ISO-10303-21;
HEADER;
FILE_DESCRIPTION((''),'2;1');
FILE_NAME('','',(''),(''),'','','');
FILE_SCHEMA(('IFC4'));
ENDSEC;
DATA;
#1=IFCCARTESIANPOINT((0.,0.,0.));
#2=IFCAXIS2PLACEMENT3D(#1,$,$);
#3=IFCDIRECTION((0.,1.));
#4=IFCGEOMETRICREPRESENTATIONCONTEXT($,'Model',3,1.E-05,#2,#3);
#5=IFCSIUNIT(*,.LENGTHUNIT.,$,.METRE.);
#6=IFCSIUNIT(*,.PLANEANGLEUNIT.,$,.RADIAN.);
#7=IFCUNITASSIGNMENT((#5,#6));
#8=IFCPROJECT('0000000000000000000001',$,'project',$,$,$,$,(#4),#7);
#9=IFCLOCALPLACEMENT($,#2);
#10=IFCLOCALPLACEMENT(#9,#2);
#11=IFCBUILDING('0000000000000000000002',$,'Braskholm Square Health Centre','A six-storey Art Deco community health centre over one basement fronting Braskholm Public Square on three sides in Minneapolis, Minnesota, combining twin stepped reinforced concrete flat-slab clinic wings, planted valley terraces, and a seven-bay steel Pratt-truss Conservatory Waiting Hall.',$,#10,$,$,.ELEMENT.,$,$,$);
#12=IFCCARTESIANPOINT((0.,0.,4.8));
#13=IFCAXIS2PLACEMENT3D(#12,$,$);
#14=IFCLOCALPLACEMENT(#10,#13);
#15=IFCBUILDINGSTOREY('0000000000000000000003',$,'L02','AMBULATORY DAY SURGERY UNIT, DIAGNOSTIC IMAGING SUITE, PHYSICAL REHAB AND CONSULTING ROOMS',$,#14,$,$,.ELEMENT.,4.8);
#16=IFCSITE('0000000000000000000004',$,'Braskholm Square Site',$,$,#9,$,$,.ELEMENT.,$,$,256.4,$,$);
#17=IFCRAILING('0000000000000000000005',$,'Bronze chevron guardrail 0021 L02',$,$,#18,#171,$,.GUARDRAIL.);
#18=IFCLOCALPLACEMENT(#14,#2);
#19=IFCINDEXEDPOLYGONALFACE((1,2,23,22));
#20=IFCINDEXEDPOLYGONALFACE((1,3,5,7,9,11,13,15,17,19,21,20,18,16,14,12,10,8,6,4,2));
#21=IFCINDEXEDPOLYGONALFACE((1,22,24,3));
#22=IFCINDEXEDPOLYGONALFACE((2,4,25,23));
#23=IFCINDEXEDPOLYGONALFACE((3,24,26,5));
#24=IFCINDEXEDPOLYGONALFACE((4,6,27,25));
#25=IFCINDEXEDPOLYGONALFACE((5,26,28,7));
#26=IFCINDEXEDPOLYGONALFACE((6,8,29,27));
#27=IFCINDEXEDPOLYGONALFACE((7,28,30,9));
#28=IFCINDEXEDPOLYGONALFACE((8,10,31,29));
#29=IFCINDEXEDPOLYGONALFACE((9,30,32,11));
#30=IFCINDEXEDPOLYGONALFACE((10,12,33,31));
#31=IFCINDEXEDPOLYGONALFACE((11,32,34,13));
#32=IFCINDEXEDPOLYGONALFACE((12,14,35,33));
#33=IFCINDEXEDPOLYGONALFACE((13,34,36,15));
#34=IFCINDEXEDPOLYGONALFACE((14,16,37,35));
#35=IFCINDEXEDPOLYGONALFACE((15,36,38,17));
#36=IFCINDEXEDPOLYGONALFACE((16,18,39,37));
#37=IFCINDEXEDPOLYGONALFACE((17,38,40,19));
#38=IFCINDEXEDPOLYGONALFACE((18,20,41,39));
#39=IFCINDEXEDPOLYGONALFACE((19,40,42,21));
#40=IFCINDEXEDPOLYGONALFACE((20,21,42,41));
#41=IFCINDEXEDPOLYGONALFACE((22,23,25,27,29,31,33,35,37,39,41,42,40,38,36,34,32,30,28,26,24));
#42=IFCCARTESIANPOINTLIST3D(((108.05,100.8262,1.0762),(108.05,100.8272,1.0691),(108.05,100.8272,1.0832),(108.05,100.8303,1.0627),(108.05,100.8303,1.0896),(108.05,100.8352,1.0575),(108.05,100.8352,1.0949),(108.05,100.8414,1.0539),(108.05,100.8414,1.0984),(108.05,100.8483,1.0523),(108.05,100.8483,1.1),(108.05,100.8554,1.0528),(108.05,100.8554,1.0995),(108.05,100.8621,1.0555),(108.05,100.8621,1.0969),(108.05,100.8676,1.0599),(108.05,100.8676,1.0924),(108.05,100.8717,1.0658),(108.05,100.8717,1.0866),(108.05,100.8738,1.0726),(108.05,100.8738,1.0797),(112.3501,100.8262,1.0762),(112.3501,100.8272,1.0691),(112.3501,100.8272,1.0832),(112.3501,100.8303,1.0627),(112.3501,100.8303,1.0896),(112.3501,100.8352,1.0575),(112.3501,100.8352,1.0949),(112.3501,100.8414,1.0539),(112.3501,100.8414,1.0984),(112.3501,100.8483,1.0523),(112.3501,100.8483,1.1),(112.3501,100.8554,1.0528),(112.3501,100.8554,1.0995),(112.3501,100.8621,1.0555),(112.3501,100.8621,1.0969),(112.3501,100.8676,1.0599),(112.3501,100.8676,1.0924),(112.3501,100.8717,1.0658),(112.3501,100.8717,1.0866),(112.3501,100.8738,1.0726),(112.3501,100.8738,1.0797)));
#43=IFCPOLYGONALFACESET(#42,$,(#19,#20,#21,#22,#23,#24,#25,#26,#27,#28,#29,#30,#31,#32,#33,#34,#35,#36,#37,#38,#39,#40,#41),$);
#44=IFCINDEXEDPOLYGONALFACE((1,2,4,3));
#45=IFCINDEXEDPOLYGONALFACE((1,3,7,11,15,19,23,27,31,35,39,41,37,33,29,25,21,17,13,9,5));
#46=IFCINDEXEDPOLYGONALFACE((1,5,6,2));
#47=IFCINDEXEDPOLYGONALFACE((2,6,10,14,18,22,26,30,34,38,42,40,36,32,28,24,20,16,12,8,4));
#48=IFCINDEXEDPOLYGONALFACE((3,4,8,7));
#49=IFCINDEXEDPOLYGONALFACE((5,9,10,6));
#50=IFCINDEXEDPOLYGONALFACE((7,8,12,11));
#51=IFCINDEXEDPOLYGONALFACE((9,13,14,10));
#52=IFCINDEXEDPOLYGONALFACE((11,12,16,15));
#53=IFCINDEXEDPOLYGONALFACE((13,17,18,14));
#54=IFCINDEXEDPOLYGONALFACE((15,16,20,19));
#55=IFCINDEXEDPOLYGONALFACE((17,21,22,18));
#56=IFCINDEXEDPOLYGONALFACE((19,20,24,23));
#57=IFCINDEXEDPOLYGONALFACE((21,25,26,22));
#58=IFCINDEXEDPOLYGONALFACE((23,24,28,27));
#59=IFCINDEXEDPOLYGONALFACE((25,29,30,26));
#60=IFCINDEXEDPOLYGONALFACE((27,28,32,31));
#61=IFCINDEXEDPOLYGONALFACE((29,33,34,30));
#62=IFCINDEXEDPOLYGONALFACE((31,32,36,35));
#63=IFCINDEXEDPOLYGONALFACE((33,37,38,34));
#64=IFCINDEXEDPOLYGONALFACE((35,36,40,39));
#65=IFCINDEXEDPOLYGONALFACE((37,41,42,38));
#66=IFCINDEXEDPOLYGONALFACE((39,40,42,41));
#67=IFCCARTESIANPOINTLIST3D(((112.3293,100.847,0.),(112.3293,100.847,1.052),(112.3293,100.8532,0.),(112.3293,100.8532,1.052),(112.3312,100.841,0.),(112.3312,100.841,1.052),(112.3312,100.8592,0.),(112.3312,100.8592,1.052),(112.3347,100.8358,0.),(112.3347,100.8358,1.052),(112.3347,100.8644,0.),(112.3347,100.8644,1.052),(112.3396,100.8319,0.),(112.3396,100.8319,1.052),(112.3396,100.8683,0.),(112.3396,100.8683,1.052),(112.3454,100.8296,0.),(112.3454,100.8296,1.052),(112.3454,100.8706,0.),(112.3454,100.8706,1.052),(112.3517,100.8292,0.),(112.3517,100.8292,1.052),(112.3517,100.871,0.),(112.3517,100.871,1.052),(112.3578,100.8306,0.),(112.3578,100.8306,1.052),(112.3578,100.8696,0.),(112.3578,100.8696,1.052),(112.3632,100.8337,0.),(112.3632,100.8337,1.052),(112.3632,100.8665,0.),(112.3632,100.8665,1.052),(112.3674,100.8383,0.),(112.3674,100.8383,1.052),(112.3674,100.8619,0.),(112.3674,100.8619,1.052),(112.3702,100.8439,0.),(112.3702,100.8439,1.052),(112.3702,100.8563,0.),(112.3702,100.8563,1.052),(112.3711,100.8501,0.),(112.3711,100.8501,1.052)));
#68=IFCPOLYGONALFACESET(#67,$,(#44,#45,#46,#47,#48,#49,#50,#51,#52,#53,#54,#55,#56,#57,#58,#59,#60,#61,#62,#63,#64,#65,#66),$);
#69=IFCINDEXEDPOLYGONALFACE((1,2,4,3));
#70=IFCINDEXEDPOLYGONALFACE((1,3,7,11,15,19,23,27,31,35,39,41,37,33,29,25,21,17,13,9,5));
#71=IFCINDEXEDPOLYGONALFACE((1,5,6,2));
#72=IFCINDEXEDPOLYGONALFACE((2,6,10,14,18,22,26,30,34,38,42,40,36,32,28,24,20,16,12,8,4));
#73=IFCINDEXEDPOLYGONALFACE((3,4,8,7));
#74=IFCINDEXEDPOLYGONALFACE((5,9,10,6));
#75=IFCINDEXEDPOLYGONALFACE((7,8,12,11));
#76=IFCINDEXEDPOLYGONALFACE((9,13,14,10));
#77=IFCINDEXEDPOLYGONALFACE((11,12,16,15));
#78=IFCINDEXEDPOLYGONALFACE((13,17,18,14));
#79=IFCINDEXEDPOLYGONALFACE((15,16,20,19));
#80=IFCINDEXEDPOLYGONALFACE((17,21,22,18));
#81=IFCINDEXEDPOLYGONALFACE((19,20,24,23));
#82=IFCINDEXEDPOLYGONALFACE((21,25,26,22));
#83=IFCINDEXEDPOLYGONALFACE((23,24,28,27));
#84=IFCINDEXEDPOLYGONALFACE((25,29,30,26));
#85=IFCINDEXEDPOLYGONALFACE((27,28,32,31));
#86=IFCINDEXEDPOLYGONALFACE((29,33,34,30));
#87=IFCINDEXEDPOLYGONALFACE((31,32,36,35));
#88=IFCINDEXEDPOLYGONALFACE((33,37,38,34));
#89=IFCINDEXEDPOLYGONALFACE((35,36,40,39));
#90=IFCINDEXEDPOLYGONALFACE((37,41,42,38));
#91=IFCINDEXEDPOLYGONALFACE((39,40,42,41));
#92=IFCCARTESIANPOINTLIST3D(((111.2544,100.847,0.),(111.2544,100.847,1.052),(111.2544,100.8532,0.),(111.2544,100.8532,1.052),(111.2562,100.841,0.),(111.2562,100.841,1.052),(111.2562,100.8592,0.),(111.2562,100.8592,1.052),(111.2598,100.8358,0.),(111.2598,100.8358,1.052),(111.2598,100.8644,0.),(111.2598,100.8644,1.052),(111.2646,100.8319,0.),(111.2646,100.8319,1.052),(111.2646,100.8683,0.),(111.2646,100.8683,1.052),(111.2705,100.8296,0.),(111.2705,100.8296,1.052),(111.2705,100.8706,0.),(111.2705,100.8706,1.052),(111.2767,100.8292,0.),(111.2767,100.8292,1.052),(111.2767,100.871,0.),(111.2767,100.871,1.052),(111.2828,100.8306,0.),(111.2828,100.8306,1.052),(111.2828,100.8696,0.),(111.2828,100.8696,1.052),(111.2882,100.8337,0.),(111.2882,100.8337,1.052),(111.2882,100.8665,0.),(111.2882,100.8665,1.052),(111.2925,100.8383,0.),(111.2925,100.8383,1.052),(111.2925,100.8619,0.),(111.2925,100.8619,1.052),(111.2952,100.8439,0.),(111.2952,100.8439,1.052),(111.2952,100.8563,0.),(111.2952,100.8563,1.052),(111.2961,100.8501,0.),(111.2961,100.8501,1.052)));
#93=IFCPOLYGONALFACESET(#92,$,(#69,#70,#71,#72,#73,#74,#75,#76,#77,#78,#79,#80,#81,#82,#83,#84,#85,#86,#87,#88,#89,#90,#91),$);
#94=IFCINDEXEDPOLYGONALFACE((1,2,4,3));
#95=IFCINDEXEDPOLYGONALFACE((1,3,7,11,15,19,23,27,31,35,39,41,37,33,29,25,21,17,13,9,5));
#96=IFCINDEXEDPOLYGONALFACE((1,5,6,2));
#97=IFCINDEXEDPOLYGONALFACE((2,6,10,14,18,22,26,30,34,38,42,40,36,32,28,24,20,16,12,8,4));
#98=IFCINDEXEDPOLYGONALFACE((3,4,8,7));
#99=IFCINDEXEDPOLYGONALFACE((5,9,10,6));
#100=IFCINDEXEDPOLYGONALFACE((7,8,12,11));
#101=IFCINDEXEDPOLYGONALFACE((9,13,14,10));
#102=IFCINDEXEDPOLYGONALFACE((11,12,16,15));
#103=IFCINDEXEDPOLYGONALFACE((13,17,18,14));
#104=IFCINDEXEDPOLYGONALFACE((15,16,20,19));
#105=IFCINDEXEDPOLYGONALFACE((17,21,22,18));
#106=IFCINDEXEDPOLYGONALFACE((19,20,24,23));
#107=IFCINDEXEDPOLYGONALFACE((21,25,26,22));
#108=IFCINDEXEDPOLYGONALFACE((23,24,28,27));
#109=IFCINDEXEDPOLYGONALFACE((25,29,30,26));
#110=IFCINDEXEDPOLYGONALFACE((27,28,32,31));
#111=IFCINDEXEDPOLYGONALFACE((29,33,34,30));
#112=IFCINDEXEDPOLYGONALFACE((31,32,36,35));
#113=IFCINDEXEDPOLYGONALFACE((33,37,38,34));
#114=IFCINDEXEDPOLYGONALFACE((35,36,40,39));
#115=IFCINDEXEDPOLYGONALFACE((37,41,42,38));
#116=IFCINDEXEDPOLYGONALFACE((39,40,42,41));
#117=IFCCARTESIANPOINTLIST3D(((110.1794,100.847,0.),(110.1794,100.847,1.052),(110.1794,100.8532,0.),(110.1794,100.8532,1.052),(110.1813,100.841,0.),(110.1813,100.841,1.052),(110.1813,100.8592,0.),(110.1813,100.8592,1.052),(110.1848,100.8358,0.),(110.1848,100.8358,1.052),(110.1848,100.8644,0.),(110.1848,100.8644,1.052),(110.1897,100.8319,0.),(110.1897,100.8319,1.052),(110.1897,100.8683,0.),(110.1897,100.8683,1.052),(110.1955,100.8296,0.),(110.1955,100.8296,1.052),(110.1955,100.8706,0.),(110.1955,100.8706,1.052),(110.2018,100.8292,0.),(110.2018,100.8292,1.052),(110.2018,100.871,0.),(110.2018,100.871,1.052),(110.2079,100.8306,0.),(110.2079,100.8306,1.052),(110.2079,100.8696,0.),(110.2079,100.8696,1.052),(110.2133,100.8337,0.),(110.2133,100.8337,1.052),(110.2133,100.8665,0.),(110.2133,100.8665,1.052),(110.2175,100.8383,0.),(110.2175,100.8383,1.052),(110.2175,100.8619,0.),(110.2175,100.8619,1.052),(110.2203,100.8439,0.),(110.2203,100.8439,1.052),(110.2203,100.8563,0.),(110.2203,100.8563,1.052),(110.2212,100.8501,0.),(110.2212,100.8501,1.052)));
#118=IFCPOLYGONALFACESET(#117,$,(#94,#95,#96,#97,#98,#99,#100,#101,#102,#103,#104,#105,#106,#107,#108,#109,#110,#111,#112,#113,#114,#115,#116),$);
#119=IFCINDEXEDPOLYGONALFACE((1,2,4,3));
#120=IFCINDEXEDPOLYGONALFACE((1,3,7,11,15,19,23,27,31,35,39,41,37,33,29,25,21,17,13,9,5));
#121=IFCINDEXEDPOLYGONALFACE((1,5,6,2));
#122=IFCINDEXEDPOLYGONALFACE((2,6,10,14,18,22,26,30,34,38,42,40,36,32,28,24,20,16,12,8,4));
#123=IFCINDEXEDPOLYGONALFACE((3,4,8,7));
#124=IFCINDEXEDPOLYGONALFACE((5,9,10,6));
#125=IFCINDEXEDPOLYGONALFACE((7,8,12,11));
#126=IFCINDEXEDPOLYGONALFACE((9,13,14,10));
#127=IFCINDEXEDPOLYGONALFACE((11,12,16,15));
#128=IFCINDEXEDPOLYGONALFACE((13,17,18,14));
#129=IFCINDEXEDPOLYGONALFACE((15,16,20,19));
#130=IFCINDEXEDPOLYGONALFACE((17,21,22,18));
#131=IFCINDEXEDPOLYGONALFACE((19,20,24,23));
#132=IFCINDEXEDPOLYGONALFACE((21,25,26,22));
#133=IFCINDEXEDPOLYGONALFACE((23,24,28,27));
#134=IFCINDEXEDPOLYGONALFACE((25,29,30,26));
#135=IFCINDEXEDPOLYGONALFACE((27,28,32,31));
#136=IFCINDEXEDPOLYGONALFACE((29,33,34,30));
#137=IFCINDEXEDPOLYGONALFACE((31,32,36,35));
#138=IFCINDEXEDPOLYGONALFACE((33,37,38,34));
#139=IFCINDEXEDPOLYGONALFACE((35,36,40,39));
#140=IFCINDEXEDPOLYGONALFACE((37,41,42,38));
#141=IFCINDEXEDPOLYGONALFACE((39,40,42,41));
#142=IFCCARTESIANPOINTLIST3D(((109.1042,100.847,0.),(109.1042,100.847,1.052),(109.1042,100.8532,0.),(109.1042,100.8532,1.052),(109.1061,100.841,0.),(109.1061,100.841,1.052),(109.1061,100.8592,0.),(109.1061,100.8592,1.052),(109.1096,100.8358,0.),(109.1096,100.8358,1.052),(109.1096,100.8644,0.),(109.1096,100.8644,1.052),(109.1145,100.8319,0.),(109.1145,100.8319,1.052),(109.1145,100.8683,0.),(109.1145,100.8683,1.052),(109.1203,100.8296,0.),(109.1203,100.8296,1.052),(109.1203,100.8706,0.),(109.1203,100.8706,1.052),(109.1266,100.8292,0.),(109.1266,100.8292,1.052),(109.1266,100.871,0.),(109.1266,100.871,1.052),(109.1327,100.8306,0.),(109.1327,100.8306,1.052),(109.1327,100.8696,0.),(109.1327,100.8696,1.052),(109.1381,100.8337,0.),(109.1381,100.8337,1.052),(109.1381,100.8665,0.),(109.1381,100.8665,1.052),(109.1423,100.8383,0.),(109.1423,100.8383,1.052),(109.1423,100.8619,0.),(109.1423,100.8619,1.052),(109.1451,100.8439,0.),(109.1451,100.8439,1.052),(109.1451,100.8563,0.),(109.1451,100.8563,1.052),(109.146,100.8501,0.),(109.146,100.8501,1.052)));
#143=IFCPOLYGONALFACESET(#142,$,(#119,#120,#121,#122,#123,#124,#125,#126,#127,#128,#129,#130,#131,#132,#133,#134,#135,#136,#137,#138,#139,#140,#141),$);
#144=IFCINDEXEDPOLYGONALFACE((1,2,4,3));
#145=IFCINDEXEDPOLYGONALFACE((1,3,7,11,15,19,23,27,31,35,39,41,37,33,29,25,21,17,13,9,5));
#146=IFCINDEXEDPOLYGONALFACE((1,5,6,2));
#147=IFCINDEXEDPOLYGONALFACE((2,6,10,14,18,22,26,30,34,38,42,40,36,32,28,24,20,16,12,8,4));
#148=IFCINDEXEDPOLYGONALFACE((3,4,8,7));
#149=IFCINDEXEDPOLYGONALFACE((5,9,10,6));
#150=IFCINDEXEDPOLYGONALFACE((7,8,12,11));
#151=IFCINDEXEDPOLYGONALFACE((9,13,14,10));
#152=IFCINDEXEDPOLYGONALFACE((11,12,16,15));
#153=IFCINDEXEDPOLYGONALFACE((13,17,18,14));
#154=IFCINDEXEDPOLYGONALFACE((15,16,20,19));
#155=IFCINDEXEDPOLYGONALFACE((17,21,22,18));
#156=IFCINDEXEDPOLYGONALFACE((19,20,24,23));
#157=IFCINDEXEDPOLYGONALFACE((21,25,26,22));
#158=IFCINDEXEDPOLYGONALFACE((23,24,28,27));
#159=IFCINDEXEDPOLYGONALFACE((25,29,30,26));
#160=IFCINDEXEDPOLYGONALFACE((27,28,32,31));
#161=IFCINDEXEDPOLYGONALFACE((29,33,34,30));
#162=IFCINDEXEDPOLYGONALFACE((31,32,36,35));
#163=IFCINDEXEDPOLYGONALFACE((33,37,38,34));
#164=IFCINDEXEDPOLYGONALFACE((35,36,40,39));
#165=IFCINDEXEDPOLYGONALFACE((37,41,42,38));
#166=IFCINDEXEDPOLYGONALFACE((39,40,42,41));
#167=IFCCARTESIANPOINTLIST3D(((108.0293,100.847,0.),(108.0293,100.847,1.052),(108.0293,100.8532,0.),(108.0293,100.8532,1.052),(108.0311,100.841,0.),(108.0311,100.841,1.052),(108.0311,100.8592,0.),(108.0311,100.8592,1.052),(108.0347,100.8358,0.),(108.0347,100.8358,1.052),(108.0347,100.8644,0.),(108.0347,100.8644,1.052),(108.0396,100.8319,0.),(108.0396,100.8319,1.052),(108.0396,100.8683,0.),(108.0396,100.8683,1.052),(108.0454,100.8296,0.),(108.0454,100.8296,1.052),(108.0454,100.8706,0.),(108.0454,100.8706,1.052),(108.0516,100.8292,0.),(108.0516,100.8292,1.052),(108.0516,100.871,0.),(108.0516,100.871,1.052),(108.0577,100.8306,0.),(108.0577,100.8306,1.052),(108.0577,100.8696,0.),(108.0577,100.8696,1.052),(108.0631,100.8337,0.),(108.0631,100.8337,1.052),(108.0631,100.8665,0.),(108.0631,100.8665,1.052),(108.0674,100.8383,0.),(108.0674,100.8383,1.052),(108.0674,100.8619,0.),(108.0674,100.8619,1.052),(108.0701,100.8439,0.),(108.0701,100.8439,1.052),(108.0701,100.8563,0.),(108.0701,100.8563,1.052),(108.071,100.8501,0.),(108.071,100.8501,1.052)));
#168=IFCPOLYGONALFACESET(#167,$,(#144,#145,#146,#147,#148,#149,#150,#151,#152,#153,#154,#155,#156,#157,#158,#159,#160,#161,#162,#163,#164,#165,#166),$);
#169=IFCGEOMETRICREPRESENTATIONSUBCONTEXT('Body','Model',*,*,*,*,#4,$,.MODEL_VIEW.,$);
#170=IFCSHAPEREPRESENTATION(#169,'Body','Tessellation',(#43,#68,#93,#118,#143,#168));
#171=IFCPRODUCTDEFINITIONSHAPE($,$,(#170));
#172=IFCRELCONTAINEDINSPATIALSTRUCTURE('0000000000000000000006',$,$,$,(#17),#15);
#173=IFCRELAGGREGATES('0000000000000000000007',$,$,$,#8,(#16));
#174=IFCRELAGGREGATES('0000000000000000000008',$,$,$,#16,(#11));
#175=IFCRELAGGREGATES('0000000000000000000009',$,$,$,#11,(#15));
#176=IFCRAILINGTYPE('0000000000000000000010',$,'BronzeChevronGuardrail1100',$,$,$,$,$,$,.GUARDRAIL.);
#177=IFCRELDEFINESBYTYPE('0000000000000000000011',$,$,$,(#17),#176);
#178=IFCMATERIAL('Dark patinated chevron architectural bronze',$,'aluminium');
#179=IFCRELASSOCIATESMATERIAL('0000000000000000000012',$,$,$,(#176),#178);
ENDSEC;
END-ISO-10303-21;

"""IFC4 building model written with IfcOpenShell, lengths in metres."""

from ifc_helpers import new_model, si_unit, direction, frame, origin, origin_2d, place, context, subcontext, project, spatial, circle, extrude, material, type_object, element, save


model = new_model("IFC4")

# Units and contexts
model_context = context("Model", 3, precision=1e-05, world=origin(), true_north=direction((0.0, 1.0)))
body_context = subcontext(model_context, "Body", "Model", "MODEL_VIEW")
ifc_project = project(units=[si_unit("LENGTHUNIT", "METRE"), si_unit("PLANEANGLEUNIT", "RADIAN")], contexts=[model_context])

# Site, building, storey
site_placement = place(None, origin())
site = spatial("IfcSite", under=ifc_project, at=site_placement, Name="Braskholm Square Site", CompositionType="ELEMENT", RefElevation=256.4)
building_placement = place(site_placement, origin())
building = spatial("IfcBuilding", under=site, at=building_placement, Name="Braskholm Square Health Centre", Description="A six-storey Art Deco community health centre over one basement fronting Braskholm Public Square on three sides in Minneapolis, Minnesota, combining twin stepped reinforced concrete flat-slab clinic wings, planted valley terraces, and a seven-bay steel Pratt-truss Conservatory Waiting Hall.", CompositionType="ELEMENT")
storey_placement = place(building_placement, frame((0.0, 0.0, 4.8)))
storey = spatial("IfcBuildingStorey", under=building, at=storey_placement, Name="L02", Description="AMBULATORY DAY SURGERY UNIT, DIAGNOSTIC IMAGING SUITE, PHYSICAL REHAB AND CONSULTING ROOMS", CompositionType="ELEMENT", Elevation=4.8)

# Railing
ifc_material_1 = material(Name="Dark patinated chevron architectural bronze", Category="aluminium")
railing_type = type_object("IfcRailingType", Name="BronzeChevronGuardrail1100", PredefinedType="GUARDRAIL", material=ifc_material_1)
railing_1_placement = place(storey_placement, frame((112.3501, 100.8501, 0.0)))
element("IfcRailing", 1, at=railing_1_placement, inside=storey, type_object=railing_type, Name="Bronze chevron guardrail 0021 L02", PredefinedType="GUARDRAIL", context=body_context, shape_type="SweptSolid", body=[
    extrude(circle(Radius=0.0239, at=origin_2d()), frame((0.0, 0.0, 1.0762), z_axis=(-1.0, 0.0, 0.0), x_axis=(0.0, -1.0, 0.0)), (0.0, 0.0, 1.0), 4.3),
    extrude(circle(Radius=0.021, at=origin_2d()), origin(), (0.0, 0.0, 1.0), 1.052),
    extrude(circle(Radius=0.021, at=origin_2d()), frame((-1.075, 0.0, 0.0)), (0.0, 0.0, 1.0), 1.052),
    extrude(circle(Radius=0.021, at=origin_2d()), frame((-2.1499, 0.0, 0.0)), (0.0, 0.0, 1.0), 1.052),
    extrude(circle(Radius=0.021, at=origin_2d()), frame((-3.2251, 0.0, 0.0)), (0.0, 0.0, 1.0), 1.052),
    extrude(circle(Radius=0.021, at=origin_2d()), frame((-4.3, 0.0, 0.0)), (0.0, 0.0, 1.0), 1.052),
])

save(model, "model.ifc")
